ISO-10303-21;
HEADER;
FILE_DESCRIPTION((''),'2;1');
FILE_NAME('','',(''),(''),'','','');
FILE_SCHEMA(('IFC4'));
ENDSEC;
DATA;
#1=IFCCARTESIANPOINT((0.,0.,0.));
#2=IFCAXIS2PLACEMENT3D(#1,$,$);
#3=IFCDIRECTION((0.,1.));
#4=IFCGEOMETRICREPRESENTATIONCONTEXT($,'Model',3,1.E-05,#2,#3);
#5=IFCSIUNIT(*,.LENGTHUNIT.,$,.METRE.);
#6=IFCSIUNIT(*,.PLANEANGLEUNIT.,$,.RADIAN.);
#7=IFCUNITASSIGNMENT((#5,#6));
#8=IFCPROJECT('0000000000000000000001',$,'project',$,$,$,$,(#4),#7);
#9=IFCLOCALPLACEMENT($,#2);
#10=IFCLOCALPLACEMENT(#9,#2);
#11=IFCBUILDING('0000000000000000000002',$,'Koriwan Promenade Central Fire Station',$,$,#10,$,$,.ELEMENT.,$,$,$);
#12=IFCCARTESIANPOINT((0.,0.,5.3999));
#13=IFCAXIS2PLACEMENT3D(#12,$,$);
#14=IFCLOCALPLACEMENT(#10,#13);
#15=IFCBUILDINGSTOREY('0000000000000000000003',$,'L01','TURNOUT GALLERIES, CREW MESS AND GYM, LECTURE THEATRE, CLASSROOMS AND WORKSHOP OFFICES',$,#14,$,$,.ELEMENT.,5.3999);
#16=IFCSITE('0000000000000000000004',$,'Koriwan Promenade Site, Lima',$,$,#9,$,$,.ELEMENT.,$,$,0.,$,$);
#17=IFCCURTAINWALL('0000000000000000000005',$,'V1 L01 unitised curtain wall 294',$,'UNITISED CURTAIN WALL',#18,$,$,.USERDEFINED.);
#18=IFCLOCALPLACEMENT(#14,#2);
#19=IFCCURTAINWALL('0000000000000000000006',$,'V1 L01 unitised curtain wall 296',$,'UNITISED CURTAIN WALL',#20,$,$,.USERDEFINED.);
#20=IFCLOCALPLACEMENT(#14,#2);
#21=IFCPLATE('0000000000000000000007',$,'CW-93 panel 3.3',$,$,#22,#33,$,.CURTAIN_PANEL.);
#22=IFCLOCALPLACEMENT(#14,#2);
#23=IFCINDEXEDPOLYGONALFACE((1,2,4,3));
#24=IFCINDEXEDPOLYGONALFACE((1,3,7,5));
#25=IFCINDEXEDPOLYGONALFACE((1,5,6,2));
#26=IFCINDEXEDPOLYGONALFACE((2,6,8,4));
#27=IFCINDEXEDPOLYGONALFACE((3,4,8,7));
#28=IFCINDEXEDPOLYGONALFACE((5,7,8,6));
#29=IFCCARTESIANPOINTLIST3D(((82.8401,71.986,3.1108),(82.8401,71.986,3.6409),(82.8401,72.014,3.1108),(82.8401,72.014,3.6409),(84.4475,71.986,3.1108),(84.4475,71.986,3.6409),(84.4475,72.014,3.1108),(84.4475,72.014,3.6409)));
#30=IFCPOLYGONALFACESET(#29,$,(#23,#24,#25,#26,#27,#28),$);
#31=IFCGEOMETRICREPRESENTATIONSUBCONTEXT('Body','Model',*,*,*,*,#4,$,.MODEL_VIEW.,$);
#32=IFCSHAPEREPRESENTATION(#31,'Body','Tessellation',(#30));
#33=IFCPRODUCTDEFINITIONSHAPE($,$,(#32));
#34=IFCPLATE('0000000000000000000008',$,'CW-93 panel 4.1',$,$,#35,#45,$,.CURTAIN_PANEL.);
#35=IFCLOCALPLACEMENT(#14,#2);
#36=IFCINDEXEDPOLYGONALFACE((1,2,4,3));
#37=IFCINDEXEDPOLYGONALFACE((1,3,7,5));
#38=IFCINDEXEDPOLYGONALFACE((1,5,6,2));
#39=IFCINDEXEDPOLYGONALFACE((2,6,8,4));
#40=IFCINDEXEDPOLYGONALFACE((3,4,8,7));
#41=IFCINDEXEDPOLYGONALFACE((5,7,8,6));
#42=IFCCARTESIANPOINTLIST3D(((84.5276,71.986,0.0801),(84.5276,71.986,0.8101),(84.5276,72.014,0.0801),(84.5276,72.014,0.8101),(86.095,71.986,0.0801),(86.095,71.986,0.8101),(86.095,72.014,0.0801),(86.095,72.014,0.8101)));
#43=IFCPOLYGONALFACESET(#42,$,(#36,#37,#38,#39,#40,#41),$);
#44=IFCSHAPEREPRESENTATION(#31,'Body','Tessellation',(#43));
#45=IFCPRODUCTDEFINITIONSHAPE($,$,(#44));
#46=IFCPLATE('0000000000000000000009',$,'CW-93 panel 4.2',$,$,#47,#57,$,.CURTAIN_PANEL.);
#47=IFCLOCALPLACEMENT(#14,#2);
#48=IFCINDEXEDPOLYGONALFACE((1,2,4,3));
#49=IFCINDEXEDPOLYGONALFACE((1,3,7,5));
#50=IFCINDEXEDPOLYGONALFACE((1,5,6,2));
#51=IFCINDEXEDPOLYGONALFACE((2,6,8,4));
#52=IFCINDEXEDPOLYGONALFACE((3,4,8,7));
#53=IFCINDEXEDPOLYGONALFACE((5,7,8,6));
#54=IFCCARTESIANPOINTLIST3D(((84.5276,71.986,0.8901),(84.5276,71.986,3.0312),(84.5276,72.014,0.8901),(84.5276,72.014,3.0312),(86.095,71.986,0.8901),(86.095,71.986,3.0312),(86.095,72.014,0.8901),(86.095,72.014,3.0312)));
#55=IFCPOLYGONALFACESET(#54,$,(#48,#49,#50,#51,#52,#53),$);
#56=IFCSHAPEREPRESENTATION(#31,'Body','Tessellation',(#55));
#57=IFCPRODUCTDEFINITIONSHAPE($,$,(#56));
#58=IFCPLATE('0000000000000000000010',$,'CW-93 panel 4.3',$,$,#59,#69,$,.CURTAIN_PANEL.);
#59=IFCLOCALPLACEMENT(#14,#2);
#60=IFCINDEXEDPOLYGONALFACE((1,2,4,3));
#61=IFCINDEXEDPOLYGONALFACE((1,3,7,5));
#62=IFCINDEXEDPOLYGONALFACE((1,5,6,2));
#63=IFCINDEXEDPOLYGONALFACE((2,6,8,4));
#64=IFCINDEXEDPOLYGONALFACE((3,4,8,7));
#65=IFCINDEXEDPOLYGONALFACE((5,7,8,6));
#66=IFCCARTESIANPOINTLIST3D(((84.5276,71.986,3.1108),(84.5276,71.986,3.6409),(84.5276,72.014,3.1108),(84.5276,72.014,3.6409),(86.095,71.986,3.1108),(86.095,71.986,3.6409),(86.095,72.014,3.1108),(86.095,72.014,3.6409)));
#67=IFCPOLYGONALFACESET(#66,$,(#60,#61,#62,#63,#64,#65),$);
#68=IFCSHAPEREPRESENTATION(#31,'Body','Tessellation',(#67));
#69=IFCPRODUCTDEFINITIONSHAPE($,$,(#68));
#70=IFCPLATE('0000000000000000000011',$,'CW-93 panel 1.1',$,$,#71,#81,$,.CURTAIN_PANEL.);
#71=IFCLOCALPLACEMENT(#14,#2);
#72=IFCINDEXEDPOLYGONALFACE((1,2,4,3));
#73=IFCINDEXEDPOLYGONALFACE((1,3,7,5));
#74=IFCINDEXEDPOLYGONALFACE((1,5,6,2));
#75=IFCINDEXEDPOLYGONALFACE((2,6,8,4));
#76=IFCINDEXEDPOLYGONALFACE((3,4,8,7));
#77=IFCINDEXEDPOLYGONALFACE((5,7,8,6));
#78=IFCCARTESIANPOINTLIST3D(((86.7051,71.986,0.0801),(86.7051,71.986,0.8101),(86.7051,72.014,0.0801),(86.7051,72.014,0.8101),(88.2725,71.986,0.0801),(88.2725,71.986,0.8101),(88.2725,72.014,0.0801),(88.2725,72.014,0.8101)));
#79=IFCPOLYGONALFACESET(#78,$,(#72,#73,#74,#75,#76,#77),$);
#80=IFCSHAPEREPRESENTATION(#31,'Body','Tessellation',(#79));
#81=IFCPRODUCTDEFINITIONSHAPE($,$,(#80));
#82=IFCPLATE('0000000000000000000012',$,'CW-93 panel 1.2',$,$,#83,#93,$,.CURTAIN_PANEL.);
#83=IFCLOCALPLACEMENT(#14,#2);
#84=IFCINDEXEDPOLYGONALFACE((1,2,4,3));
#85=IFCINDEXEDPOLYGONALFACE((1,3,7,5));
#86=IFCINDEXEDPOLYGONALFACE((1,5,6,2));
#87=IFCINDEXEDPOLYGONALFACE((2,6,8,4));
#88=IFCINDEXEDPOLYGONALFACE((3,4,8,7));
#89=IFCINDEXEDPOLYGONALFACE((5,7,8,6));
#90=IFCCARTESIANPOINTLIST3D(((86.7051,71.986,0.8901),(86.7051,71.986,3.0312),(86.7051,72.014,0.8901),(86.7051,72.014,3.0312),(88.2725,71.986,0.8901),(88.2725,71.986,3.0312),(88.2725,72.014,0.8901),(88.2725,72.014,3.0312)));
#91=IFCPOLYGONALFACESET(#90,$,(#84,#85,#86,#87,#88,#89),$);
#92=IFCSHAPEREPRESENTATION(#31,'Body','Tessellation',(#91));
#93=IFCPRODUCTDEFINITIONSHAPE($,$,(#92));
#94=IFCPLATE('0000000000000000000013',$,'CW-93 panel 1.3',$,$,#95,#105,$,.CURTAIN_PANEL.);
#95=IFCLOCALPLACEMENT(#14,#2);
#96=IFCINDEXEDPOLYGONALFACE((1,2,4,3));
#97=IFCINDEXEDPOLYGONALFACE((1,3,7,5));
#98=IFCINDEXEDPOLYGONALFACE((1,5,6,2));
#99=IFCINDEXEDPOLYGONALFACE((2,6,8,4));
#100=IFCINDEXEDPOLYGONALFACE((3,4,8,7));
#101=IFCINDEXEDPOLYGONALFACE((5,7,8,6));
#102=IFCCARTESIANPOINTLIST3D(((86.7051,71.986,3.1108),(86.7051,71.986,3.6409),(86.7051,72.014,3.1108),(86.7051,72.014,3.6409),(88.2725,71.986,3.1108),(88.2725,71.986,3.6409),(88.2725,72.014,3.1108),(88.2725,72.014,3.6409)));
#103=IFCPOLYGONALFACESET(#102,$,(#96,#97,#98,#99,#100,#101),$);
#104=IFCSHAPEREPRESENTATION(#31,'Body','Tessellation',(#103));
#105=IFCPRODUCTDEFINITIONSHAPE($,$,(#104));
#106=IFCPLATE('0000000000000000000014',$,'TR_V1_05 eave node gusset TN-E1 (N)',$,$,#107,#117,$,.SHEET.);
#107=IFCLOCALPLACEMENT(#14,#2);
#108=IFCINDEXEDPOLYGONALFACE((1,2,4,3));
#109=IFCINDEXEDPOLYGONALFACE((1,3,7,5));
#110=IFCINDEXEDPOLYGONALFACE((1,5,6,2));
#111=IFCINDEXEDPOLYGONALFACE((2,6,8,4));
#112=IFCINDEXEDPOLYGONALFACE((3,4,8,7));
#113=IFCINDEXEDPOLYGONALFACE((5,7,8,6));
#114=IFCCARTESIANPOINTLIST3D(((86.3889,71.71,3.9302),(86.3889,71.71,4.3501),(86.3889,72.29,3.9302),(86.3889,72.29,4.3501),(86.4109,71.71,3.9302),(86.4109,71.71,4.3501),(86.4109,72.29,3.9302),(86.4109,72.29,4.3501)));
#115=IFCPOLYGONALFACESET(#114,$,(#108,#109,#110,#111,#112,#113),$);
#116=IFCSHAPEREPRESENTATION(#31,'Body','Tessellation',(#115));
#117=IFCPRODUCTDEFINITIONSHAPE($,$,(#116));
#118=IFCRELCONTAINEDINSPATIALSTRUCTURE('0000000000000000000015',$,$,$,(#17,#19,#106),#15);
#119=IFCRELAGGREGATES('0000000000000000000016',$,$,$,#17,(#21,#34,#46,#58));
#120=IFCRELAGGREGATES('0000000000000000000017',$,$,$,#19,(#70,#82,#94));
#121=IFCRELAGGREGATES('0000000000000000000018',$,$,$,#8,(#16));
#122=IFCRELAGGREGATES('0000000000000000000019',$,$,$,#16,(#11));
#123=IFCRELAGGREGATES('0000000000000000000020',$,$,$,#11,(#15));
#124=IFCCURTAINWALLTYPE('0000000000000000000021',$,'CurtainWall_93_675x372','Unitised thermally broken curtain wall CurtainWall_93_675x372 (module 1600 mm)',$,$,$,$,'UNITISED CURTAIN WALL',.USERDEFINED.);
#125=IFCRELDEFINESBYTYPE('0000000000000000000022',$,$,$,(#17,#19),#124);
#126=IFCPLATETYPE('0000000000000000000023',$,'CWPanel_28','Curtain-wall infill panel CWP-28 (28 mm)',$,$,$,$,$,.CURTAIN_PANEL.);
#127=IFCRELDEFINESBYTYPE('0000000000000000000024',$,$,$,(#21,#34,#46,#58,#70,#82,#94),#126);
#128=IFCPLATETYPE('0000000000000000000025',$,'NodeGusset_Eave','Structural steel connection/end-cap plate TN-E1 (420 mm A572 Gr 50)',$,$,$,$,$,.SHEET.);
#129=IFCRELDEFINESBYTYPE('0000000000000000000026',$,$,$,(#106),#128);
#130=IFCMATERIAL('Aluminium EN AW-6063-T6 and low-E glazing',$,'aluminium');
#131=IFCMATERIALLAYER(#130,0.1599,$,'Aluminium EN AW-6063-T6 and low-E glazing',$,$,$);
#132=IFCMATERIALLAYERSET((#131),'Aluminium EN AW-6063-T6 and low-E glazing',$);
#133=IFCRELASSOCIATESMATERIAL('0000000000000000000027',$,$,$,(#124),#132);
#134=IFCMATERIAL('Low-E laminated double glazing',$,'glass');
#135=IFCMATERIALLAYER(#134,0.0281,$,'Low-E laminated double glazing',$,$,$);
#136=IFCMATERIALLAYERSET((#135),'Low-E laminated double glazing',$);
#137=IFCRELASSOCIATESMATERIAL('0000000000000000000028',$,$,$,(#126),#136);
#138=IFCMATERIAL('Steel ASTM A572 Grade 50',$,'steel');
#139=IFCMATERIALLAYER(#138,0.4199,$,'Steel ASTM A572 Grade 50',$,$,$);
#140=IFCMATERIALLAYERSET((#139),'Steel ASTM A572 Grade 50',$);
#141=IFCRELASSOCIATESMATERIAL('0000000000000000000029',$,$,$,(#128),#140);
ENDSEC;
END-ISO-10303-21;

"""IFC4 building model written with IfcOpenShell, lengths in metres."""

from ifc_helpers import new_model, si_unit, direction, frame, origin, origin_2d, place, context, subcontext, project, spatial, rectangle, extrude, material, layer, layer_set, type_object, element, aggregate, save


model = new_model("IFC4")

# Units and contexts
model_context = context("Model", 3, precision=1e-05, world=origin(), true_north=direction((0.0, 1.0)))
body_context = subcontext(model_context, "Body", "Model", "MODEL_VIEW")
ifc_project = project(units=[si_unit("LENGTHUNIT", "METRE"), si_unit("PLANEANGLEUNIT", "RADIAN")], contexts=[model_context])

# Site, building, storey
site_placement = place(None, origin())
site = spatial("IfcSite", under=ifc_project, at=site_placement, Name="Koriwan Promenade Site, Lima", CompositionType="ELEMENT", RefElevation=0.0)
building_placement = place(site_placement, origin())
building = spatial("IfcBuilding", under=site, at=building_placement, Name="Koriwan Promenade Central Fire Station", CompositionType="ELEMENT")
storey_placement = place(building_placement, frame((0.0, 0.0, 5.3999)))
storey = spatial("IfcBuildingStorey", under=building, at=storey_placement, Name="L01", Description="TURNOUT GALLERIES, CREW MESS AND GYM, LECTURE THEATRE, CLASSROOMS AND WORKSHOP OFFICES", CompositionType="ELEMENT", Elevation=5.3999)

# Curtain wall
ifc_material_1 = material(Name="Aluminium EN AW-6063-T6 and low-E glazing", Category="aluminium")
ifc_layer_1 = layer(ifc_material_1, 0.1599, Name="Aluminium EN AW-6063-T6 and low-E glazing")
ifc_layer_set_1 = layer_set([ifc_layer_1], Name="Aluminium EN AW-6063-T6 and low-E glazing")
curtain_wall_type = type_object("IfcCurtainWallType", Name="CurtainWall_93_675x372", Description="Unitised thermally broken curtain wall CurtainWall_93_675x372 (module 1600 mm)", ElementType="UNITISED CURTAIN WALL", PredefinedType="USERDEFINED", material=ifc_layer_set_1)
curtain_wall_1_placement = place(storey_placement, origin())
curtain_wall_1 = element("IfcCurtainWall", 1, at=curtain_wall_1_placement, inside=storey, type_object=curtain_wall_type, Name="V1 L01 unitised curtain wall 294", ObjectType="UNITISED CURTAIN WALL", PredefinedType="USERDEFINED")

# Curtain wall
curtain_wall_2_placement = place(storey_placement, origin())
curtain_wall_2 = element("IfcCurtainWall", 2, at=curtain_wall_2_placement, inside=storey, type_object=curtain_wall_type, Name="V1 L01 unitised curtain wall 296", ObjectType="UNITISED CURTAIN WALL", PredefinedType="USERDEFINED")

# Plates
ifc_material_2 = material(Name="Low-E laminated double glazing", Category="glass")
ifc_layer_2 = layer(ifc_material_2, 0.0281, Name="Low-E laminated double glazing")
ifc_layer_set_2 = layer_set([ifc_layer_2], Name="Low-E laminated double glazing")
plate_type_1 = type_object("IfcPlateType", Name="CWPanel_28", Description="Curtain-wall infill panel CWP-28 (28 mm)", PredefinedType="CURTAIN_PANEL", material=ifc_layer_set_2)
plate_1_placement = place(storey_placement, frame((83.6438, 72.0, 3.1108), z_axis=(0.0, 0.0, 1.0), x_axis=(1.0, 0.0, 0.0)))
plate_1 = element("IfcPlate", 3, at=plate_1_placement, type_object=plate_type_1, Name="CW-93 panel 3.3", PredefinedType="CURTAIN_PANEL", context=body_context, shape_type="SweptSolid", body=[
    extrude(rectangle(XDim=1.6074, YDim=0.0281, at=origin_2d()), origin(), (0.0, 0.0, 1.0), 0.53),
])
plate_2_placement = place(storey_placement, frame((85.3113, 72.0, 0.0801), z_axis=(0.0, 0.0, 1.0), x_axis=(1.0, 0.0, 0.0)))
plate_2 = element("IfcPlate", 4, at=plate_2_placement, type_object=plate_type_1, Name="CW-93 panel 4.1", PredefinedType="CURTAIN_PANEL", context=body_context, shape_type="SweptSolid", body=[
    extrude(rectangle(XDim=1.5674, YDim=0.0281, at=origin_2d()), origin(), (0.0, 0.0, 1.0), 0.73),
])
plate_3_placement = place(storey_placement, frame((85.3113, 72.0, 0.8901), z_axis=(0.0, 0.0, 1.0), x_axis=(1.0, 0.0, 0.0)))
plate_3 = element("IfcPlate", 5, at=plate_3_placement, type_object=plate_type_1, Name="CW-93 panel 4.2", PredefinedType="CURTAIN_PANEL", context=body_context, shape_type="SweptSolid", body=[
    extrude(rectangle(XDim=1.5674, YDim=0.0281, at=origin_2d()), origin(), (0.0, 0.0, 1.0), 2.1411),
])
plate_4_placement = place(storey_placement, frame((85.3113, 72.0, 3.1108), z_axis=(0.0, 0.0, 1.0), x_axis=(1.0, 0.0, 0.0)))
plate_4 = element("IfcPlate", 6, at=plate_4_placement, type_object=plate_type_1, Name="CW-93 panel 4.3", PredefinedType="CURTAIN_PANEL", context=body_context, shape_type="SweptSolid", body=[
    extrude(rectangle(XDim=1.5674, YDim=0.0281, at=origin_2d()), origin(), (0.0, 0.0, 1.0), 0.53),
])
aggregate(curtain_wall_1, [plate_1, plate_2, plate_3, plate_4])
plate_5_placement = place(storey_placement, frame((87.4888, 72.0, 0.0801), z_axis=(0.0, 0.0, 1.0), x_axis=(1.0, 0.0, 0.0)))
plate_5 = element("IfcPlate", 7, at=plate_5_placement, type_object=plate_type_1, Name="CW-93 panel 1.1", PredefinedType="CURTAIN_PANEL", context=body_context, shape_type="SweptSolid", body=[
    extrude(rectangle(XDim=1.5674, YDim=0.0281, at=origin_2d()), origin(), (0.0, 0.0, 1.0), 0.73),
])
plate_6_placement = place(storey_placement, frame((87.4888, 72.0, 0.8901), z_axis=(0.0, 0.0, 1.0), x_axis=(1.0, 0.0, 0.0)))
plate_6 = element("IfcPlate", 8, at=plate_6_placement, type_object=plate_type_1, Name="CW-93 panel 1.2", PredefinedType="CURTAIN_PANEL", context=body_context, shape_type="SweptSolid", body=[
    extrude(rectangle(XDim=1.5674, YDim=0.0281, at=origin_2d()), origin(), (0.0, 0.0, 1.0), 2.1411),
])
plate_7_placement = place(storey_placement, frame((87.4888, 72.0, 3.1108), z_axis=(0.0, 0.0, 1.0), x_axis=(1.0, 0.0, 0.0)))
plate_7 = element("IfcPlate", 9, at=plate_7_placement, type_object=plate_type_1, Name="CW-93 panel 1.3", PredefinedType="CURTAIN_PANEL", context=body_context, shape_type="SweptSolid", body=[
    extrude(rectangle(XDim=1.5674, YDim=0.0281, at=origin_2d()), origin(), (0.0, 0.0, 1.0), 0.53),
])
aggregate(curtain_wall_2, [plate_5, plate_6, plate_7])
ifc_material_3 = material(Name="Steel ASTM A572 Grade 50", Category="steel")
ifc_layer_3 = layer(ifc_material_3, 0.4199, Name="Steel ASTM A572 Grade 50")
ifc_layer_set_3 = layer_set([ifc_layer_3], Name="Steel ASTM A572 Grade 50")
plate_type_2 = type_object("IfcPlateType", Name="NodeGusset_Eave", Description="Structural steel connection/end-cap plate TN-E1 (420 mm A572 Gr 50)", PredefinedType="SHEET", material=ifc_layer_set_3)
plate_8_placement = place(storey_placement, frame((86.3999, 72.0, 3.9302), z_axis=(0.0, 0.0, 1.0), x_axis=(1.0, 0.0, 0.0)))
element("IfcPlate", 10, at=plate_8_placement, inside=storey, type_object=plate_type_2, Name="TR_V1_05 eave node gusset TN-E1 (N)", PredefinedType="SHEET", context=body_context, shape_type="SweptSolid", body=[
    extrude(rectangle(XDim=0.022, YDim=0.5801, at=origin_2d()), origin(), (0.0, 0.0, 1.0), 0.4199),
])

save(model, "model.ifc")
